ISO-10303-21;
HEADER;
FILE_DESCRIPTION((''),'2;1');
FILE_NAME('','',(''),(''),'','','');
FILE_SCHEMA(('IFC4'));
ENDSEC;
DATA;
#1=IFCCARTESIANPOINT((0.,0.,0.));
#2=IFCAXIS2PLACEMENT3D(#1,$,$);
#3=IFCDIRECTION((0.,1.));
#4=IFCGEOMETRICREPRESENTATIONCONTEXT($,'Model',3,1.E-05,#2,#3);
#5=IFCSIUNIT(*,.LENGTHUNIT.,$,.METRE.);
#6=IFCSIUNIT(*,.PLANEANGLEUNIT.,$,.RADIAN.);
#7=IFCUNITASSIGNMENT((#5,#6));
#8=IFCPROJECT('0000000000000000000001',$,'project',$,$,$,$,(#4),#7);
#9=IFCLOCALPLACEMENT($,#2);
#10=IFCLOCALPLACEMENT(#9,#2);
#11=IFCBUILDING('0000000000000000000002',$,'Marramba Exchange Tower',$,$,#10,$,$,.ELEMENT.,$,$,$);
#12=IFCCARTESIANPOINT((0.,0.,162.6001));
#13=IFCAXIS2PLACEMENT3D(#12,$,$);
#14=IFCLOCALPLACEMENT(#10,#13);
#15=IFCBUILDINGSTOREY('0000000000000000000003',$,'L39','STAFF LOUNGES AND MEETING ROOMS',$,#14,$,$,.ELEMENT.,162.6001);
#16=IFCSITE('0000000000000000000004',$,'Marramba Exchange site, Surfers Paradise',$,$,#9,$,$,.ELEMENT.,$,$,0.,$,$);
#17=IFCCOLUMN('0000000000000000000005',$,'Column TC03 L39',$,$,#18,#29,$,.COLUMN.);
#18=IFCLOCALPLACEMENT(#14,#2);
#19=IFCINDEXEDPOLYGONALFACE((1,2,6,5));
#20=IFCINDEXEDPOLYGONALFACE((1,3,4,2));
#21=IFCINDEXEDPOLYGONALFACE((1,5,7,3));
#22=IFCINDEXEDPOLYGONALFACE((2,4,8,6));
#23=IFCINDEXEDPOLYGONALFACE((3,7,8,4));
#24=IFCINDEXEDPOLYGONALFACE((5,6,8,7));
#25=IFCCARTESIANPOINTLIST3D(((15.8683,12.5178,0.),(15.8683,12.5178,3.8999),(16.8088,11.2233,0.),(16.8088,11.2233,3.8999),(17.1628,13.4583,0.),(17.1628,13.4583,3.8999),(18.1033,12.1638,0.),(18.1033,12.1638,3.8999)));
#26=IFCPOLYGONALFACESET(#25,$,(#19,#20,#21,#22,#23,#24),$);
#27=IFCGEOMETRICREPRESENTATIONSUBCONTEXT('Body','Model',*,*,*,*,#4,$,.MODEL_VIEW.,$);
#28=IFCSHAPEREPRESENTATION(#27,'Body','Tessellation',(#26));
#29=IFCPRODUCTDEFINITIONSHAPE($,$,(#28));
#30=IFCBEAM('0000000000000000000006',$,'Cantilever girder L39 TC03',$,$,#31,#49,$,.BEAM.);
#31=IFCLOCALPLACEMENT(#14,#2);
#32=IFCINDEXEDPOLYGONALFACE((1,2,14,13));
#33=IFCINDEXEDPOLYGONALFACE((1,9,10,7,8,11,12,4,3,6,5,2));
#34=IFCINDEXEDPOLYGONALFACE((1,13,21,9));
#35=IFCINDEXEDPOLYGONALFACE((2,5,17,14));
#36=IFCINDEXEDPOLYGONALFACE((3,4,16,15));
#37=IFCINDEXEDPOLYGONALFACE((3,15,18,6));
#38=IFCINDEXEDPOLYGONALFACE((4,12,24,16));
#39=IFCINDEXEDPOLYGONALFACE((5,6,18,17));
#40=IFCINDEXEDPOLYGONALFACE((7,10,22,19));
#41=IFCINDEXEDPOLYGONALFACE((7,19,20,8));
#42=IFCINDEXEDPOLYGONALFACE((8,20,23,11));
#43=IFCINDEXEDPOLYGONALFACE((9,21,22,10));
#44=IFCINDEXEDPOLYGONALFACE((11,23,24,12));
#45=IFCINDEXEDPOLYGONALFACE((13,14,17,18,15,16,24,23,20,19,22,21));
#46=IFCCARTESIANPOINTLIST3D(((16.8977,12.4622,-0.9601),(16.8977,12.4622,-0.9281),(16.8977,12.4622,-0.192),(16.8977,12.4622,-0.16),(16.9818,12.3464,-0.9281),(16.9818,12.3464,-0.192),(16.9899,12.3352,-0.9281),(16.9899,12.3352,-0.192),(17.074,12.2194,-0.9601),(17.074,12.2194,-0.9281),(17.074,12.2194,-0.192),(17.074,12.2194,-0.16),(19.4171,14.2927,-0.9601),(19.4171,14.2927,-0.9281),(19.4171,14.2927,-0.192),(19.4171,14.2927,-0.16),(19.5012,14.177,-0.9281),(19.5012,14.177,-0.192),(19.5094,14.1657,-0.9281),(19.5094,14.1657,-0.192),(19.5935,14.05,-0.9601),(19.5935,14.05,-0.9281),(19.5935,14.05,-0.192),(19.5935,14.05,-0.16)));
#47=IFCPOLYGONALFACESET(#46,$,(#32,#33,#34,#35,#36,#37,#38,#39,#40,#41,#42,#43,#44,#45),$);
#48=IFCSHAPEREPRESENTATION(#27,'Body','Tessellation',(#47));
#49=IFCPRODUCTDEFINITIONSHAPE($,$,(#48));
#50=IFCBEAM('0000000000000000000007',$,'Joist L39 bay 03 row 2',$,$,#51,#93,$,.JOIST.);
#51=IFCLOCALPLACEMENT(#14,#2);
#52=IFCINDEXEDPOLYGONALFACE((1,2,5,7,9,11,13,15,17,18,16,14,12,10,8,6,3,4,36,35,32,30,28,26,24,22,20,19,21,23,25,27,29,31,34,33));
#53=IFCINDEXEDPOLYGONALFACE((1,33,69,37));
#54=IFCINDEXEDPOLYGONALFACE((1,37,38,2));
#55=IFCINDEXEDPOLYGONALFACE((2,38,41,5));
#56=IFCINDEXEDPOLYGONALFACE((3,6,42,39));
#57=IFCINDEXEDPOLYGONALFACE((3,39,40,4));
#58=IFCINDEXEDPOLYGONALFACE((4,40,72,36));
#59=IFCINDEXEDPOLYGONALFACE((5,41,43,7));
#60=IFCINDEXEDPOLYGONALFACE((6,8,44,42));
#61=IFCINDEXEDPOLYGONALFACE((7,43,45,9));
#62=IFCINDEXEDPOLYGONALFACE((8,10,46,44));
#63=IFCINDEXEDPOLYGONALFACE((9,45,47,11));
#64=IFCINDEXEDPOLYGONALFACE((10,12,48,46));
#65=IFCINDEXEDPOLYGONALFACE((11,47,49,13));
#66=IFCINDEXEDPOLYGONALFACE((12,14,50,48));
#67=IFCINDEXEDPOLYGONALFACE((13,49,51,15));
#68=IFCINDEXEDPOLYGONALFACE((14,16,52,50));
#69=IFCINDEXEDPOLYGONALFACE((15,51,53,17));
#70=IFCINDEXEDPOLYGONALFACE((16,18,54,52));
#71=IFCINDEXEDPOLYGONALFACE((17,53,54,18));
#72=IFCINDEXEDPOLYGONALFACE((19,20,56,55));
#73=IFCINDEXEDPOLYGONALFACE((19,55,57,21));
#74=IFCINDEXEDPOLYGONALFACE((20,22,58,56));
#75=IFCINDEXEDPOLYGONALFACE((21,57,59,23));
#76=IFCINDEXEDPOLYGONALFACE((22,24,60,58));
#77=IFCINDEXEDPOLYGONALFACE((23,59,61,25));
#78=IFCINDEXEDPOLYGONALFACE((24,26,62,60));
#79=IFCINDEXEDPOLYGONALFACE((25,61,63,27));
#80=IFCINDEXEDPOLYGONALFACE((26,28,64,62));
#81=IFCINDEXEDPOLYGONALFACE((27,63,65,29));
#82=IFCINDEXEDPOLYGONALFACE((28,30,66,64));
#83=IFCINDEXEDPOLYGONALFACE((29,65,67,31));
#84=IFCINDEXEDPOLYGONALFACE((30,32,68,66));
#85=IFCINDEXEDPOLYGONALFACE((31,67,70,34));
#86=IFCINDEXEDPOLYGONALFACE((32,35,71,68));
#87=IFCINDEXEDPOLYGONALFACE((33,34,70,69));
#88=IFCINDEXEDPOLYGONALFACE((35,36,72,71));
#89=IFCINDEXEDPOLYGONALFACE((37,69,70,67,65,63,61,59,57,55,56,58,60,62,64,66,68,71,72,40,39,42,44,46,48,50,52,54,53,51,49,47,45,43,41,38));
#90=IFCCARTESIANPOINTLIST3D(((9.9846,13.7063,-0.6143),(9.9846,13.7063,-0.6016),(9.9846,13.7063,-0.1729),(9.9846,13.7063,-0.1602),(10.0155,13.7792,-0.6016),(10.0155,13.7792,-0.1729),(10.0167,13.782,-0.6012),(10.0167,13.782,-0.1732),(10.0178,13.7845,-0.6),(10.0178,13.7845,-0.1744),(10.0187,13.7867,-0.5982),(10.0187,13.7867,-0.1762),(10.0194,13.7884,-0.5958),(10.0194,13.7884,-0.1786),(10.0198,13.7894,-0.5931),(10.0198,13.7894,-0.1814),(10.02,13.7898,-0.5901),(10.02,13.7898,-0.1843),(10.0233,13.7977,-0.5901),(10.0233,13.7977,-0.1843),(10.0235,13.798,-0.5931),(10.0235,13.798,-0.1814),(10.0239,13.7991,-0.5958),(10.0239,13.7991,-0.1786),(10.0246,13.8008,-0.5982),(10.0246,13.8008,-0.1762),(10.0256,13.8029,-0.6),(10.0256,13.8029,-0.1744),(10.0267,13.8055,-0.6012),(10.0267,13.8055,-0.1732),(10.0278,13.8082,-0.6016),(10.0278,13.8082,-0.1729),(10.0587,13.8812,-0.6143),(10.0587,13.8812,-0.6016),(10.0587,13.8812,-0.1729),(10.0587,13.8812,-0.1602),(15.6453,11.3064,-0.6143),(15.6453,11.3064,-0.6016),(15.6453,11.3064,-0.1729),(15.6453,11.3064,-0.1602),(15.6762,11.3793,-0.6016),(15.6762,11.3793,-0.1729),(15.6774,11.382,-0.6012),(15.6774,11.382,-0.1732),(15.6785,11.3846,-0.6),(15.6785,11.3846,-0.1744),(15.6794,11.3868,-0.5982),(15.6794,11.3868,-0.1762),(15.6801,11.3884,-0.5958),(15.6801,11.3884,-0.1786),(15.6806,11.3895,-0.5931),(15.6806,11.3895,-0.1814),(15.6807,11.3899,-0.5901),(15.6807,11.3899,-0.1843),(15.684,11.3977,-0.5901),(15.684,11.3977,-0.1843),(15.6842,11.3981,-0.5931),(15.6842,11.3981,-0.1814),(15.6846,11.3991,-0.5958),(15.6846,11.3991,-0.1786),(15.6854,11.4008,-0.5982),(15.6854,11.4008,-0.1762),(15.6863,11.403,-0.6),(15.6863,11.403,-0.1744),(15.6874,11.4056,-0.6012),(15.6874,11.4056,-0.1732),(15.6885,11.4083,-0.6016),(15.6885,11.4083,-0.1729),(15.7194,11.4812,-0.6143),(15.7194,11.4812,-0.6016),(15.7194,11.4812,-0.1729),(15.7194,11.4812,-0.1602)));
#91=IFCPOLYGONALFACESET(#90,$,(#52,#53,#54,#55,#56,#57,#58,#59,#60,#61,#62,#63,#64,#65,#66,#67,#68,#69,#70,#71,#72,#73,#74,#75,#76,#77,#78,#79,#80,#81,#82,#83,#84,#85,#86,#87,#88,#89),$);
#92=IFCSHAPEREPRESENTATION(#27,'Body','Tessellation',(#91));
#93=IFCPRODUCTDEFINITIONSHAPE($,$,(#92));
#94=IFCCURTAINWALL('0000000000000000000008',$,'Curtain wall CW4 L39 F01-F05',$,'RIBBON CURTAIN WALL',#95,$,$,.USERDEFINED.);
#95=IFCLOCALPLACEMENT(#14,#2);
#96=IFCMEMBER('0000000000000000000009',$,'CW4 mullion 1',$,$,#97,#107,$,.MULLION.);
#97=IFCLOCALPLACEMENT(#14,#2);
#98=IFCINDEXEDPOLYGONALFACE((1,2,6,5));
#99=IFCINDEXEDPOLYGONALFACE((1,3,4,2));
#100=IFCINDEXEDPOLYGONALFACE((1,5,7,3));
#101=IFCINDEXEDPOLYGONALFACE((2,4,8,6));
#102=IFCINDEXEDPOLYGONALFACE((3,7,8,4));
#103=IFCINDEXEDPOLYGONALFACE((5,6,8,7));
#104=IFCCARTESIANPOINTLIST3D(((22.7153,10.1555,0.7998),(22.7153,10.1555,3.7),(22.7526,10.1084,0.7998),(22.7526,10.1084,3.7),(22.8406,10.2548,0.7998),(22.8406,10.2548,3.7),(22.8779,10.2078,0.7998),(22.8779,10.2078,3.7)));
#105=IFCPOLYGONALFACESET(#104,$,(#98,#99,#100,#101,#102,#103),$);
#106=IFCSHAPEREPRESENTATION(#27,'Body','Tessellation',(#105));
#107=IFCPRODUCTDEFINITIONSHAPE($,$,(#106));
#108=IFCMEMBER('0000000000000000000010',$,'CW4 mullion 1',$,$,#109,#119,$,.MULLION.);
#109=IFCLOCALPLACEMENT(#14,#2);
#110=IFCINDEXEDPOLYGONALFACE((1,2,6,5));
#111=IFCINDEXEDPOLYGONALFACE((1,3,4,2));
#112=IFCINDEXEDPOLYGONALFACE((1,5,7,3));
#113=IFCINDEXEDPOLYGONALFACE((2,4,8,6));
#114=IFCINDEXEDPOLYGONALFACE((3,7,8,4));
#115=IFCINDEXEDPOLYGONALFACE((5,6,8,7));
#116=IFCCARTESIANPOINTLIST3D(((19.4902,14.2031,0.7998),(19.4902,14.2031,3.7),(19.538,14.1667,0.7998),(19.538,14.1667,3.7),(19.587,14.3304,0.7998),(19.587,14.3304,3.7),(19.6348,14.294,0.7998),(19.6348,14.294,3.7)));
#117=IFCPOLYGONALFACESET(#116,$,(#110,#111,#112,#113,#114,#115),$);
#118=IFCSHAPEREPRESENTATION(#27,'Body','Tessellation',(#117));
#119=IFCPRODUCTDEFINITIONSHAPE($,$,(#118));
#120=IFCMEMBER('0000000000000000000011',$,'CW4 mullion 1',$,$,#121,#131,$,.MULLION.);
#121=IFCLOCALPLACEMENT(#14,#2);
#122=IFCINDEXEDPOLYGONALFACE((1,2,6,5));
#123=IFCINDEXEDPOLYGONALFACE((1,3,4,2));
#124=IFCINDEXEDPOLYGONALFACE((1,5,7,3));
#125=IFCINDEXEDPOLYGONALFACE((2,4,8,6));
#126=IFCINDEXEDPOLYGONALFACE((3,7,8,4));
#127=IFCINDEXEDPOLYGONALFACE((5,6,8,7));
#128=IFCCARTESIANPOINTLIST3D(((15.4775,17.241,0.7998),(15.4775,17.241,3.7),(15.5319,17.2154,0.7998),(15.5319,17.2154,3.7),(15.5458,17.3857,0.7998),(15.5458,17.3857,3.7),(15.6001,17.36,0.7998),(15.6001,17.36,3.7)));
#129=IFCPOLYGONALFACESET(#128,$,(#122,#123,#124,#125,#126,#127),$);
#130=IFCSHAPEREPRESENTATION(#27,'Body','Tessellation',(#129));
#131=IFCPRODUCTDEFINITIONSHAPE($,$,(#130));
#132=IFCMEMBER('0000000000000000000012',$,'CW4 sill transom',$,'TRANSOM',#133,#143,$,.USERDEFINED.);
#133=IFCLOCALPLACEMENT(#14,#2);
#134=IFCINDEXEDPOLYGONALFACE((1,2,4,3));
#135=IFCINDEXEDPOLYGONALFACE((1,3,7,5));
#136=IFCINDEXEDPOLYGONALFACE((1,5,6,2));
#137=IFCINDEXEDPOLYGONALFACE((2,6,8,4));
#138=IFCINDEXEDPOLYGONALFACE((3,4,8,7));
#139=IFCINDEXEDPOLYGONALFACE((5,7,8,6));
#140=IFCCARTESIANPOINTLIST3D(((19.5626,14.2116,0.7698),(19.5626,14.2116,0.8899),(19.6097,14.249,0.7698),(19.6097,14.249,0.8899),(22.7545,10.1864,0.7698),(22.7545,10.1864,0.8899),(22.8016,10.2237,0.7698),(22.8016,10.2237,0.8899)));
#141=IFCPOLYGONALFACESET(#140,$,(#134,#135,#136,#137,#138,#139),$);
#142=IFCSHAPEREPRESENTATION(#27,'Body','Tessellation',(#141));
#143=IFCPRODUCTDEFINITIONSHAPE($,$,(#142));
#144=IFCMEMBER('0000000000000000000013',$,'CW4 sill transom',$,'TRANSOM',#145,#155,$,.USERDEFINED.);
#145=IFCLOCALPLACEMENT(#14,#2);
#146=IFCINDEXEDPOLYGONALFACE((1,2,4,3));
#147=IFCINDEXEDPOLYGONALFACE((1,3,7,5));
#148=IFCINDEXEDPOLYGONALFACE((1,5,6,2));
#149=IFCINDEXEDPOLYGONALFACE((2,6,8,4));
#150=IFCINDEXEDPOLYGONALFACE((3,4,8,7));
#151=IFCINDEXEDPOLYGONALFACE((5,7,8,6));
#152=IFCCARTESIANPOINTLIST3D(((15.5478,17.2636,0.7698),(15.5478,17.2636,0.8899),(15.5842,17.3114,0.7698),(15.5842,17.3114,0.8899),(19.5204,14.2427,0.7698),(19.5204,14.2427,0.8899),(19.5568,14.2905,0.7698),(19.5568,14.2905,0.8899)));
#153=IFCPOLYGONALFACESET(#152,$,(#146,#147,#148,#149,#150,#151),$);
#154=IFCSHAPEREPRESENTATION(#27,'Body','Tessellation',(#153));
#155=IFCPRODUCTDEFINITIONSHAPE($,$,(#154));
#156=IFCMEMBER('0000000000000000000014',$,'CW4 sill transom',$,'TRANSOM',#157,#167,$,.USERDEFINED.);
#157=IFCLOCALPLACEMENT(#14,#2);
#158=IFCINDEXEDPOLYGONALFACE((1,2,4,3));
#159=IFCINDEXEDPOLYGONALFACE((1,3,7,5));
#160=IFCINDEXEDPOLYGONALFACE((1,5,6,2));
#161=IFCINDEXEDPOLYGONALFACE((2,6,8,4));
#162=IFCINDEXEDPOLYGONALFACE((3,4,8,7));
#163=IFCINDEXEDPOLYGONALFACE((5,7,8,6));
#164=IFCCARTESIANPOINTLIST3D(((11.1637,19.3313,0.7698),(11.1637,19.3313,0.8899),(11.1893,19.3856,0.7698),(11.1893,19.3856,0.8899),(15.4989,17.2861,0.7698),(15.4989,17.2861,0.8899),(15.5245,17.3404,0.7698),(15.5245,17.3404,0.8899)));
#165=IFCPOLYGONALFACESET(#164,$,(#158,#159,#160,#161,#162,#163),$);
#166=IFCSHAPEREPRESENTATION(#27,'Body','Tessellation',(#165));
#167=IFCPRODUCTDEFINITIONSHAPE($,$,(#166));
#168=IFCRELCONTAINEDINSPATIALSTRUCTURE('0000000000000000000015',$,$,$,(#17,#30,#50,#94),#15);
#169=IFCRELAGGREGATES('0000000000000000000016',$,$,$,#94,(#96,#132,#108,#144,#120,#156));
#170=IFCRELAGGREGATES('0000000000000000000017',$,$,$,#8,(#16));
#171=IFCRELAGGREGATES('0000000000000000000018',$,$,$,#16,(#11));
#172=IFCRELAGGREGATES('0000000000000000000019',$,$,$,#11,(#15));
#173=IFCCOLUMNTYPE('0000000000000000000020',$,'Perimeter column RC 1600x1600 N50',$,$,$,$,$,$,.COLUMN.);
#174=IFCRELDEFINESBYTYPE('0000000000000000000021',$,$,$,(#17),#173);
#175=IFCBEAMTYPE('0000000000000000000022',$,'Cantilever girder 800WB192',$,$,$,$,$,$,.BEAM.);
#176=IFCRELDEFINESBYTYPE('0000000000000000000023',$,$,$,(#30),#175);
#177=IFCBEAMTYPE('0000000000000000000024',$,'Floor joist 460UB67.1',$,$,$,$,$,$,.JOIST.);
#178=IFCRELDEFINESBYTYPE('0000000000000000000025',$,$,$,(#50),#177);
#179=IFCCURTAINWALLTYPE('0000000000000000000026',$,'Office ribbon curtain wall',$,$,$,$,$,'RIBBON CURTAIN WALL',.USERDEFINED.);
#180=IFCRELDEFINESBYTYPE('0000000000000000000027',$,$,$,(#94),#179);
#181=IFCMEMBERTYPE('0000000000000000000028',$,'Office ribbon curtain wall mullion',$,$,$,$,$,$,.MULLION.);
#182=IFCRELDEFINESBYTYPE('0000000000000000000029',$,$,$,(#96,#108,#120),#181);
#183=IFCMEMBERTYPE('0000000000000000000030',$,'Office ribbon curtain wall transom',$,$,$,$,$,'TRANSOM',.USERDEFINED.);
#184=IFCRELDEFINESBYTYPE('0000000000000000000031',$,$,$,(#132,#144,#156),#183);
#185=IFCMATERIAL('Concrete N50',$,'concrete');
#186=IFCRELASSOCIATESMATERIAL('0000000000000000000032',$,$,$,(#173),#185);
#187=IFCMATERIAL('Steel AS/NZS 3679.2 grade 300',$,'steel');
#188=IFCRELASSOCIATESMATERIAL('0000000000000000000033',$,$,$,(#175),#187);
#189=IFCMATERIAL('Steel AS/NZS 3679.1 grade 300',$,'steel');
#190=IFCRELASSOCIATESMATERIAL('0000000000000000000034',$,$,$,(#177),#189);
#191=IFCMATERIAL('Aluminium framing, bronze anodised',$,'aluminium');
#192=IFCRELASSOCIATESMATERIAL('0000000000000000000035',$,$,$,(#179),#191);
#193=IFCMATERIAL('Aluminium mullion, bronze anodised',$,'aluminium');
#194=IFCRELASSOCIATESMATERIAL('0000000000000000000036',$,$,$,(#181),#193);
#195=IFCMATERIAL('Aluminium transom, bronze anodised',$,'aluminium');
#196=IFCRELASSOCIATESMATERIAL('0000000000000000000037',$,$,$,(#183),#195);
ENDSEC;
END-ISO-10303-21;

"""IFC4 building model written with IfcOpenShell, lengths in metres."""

from ifc_helpers import new_model, si_unit, direction, frame, origin, origin_2d, place, context, subcontext, project, spatial, rectangle, i_section, extrude, material, material_profile, profile_set, type_object, element, aggregate, save


model = new_model("IFC4")

# Units and contexts
model_context = context("Model", 3, precision=1e-05, world=origin(), true_north=direction((0.0, 1.0)))
body_context = subcontext(model_context, "Body", "Model", "MODEL_VIEW")
ifc_project = project(units=[si_unit("LENGTHUNIT", "METRE"), si_unit("PLANEANGLEUNIT", "RADIAN")], contexts=[model_context])

# Site, building, storey
site_placement = place(None, origin())
site = spatial("IfcSite", under=ifc_project, at=site_placement, Name="Marramba Exchange site, Surfers Paradise", CompositionType="ELEMENT", RefElevation=0.0)
building_placement = place(site_placement, origin())
building = spatial("IfcBuilding", under=site, at=building_placement, Name="Marramba Exchange Tower", CompositionType="ELEMENT")
storey_placement = place(building_placement, frame((0.0, 0.0, 162.6001)))
storey = spatial("IfcBuildingStorey", under=building, at=storey_placement, Name="L39", Description="STAFF LOUNGES AND MEETING ROOMS", CompositionType="ELEMENT", Elevation=162.6001)

# Column
ifc_material_1 = material(Name="Concrete N50", Category="concrete")
ifc_material_profile_1 = material_profile(ifc_material_1, rectangle(XDim=1.6001, YDim=1.6001, at=origin_2d()), Name="RC 1600x1600")
ifc_profile_set_1 = profile_set([ifc_material_profile_1], Name="Concrete N50")
column_type = type_object("IfcColumnType", Name="Perimeter column RC 1600x1600 N50", PredefinedType="COLUMN", material=ifc_profile_set_1)
column_placement = place(storey_placement, frame((16.9858, 12.3408, 0.0), z_axis=(0.0, 0.0, 1.0), x_axis=(0.809017, 0.587785, 0.0)))
element("IfcColumn", 1, at=column_placement, inside=storey, type_object=column_type, Name="Column TC03 L39", PredefinedType="COLUMN", context=body_context, shape_type="SweptSolid", body=[
    extrude(rectangle(XDim=1.6001, YDim=1.6001, at=origin_2d()), origin(), (0.0, 0.0, 1.0), 3.8999),
])

# Beams
ifc_material_2 = material(Name="Steel AS/NZS 3679.2 grade 300", Category="steel")
ifc_material_profile_2 = material_profile(ifc_material_2, i_section(OverallWidth=0.3, OverallDepth=0.8, WebThickness=0.0139, FlangeThickness=0.032, at=origin_2d()), Name="800WB192")
ifc_profile_set_2 = profile_set([ifc_material_profile_2], Name="Steel AS/NZS 3679.2 grade 300")
beam_type_1 = type_object("IfcBeamType", Name="Cantilever girder 800WB192", PredefinedType="BEAM", material=ifc_profile_set_2)
beam_1_placement = place(storey_placement, frame((16.9858, 12.3408, -0.5601), z_axis=(0.809014, 0.587789, 0.0), x_axis=(-0.587789, 0.809014, 0.0)))
element("IfcBeam", 2, at=beam_1_placement, inside=storey, type_object=beam_type_1, Name="Cantilever girder L39 TC03", PredefinedType="BEAM", context=body_context, shape_type="SweptSolid", body=[
    extrude(i_section(OverallWidth=0.3, OverallDepth=0.8, WebThickness=0.0139, FlangeThickness=0.032, at=origin_2d()), origin(), (0.0, 0.0, 1.0), 3.1143),
])
ifc_material_3 = material(Name="Steel AS/NZS 3679.1 grade 300", Category="steel")
ifc_material_profile_3 = material_profile(ifc_material_3, i_section(OverallWidth=0.1899, OverallDepth=0.4541, WebThickness=0.0085, FlangeThickness=0.0127, FilletRadius=0.0115, at=origin_2d()), Name="460UB67.1")
ifc_profile_set_3 = profile_set([ifc_material_profile_3], Name="Steel AS/NZS 3679.1 grade 300")
beam_type_2 = type_object("IfcBeamType", Name="Floor joist 460UB67.1", PredefinedType="JOIST", material=ifc_profile_set_3)
beam_2_placement = place(storey_placement, frame((15.6824, 11.3938, -0.3872), z_axis=(-0.920674, 0.390332, 0.0), x_axis=(-0.390332, -0.920674, 0.0)))
element("IfcBeam", 3, at=beam_2_placement, inside=storey, type_object=beam_type_2, Name="Joist L39 bay 03 row 2", PredefinedType="JOIST", context=body_context, shape_type="SweptSolid", body=[
    extrude(i_section(OverallWidth=0.1899, OverallDepth=0.4541, WebThickness=0.0085, FlangeThickness=0.0127, FilletRadius=0.0115, at=origin_2d()), origin(), (0.0, 0.0, 1.0), 6.1484),
])

# Curtain wall, members
ifc_material_4 = material(Name="Aluminium framing, bronze anodised", Category="aluminium")
curtain_wall_type = type_object("IfcCurtainWallType", Name="Office ribbon curtain wall", ElementType="RIBBON CURTAIN WALL", PredefinedType="USERDEFINED", material=ifc_material_4)
curtain_wall_placement = place(storey_placement, origin())
curtain_wall = element("IfcCurtainWall", 4, at=curtain_wall_placement, inside=storey, type_object=curtain_wall_type, Name="Curtain wall CW4 L39 F01-F05", ObjectType="RIBBON CURTAIN WALL", PredefinedType="USERDEFINED")
ifc_material_5 = material(Name="Aluminium mullion, bronze anodised", Category="aluminium")
ifc_material_profile_4 = material_profile(ifc_material_5, rectangle(XDim=0.1599, YDim=0.0601, at=origin_2d()), Name="CW4 mullion 60x160")
ifc_profile_set_4 = profile_set([ifc_material_profile_4], Name="Aluminium mullion, bronze anodised")
member_type_1 = type_object("IfcMemberType", Name="Office ribbon curtain wall mullion", PredefinedType="MULLION", material=ifc_profile_set_4)
member_1_placement = place(storey_placement, frame((22.7966, 10.1816, 0.7998), z_axis=(0.0, 0.0, 1.0), x_axis=(-0.783563, -0.621312, 0.0)))
member_1 = element("IfcMember", 5, at=member_1_placement, type_object=member_type_1, Name="CW4 mullion 1", PredefinedType="MULLION", context=body_context, shape_type="SweptSolid", body=[
    extrude(rectangle(XDim=0.1599, YDim=0.0601, at=origin_2d()), origin(), (0.0, 0.0, 1.0), 2.9001),
])
member_2_placement = place(storey_placement, frame((19.5625, 14.2485, 0.7998), z_axis=(0.0, 0.0, 1.0), x_axis=(-0.605334, -0.795972, 0.0)))
member_2 = element("IfcMember", 6, at=member_2_placement, type_object=member_type_1, Name="CW4 mullion 1", PredefinedType="MULLION", context=body_context, shape_type="SweptSolid", body=[
    extrude(rectangle(XDim=0.1599, YDim=0.0601, at=origin_2d()), origin(), (0.0, 0.0, 1.0), 2.9001),
])
member_3_placement = place(storey_placement, frame((15.5388, 17.3005, 0.7998), z_axis=(0.0, 0.0, 1.0), x_axis=(-0.426679, -0.904403, 0.0)))
member_3 = element("IfcMember", 7, at=member_3_placement, type_object=member_type_1, Name="CW4 mullion 1", PredefinedType="MULLION", context=body_context, shape_type="SweptSolid", body=[
    extrude(rectangle(XDim=0.1599, YDim=0.0601, at=origin_2d()), origin(), (0.0, 0.0, 1.0), 2.9001),
])
ifc_material_6 = material(Name="Aluminium transom, bronze anodised", Category="aluminium")
ifc_material_profile_5 = material_profile(ifc_material_6, rectangle(XDim=0.0601, YDim=0.1201, at=origin_2d()), Name="CW4 transom 60x120")
ifc_profile_set_5 = profile_set([ifc_material_profile_5], Name="Aluminium transom, bronze anodised")
member_type_2 = type_object("IfcMemberType", Name="Office ribbon curtain wall transom", ElementType="TRANSOM", PredefinedType="USERDEFINED", material=ifc_profile_set_5)
member_4_placement = place(storey_placement, frame((22.7781, 10.2051, 0.8298), z_axis=(-0.621339, 0.783542, 0.0), x_axis=(-0.783542, -0.621339, 0.0)))
member_4 = element("IfcMember", 8, at=member_4_placement, type_object=member_type_2, Name="CW4 sill transom", ObjectType="TRANSOM", PredefinedType="USERDEFINED", context=body_context, shape_type="SweptSolid", body=[
    extrude(rectangle(XDim=0.0601, YDim=0.1201, at=origin_2d()), origin(), (0.0, 0.0, 1.0), 5.1372),
])
member_5_placement = place(storey_placement, frame((19.5386, 14.2666, 0.8298), z_axis=(-0.795991, 0.605309, 0.0), x_axis=(-0.605309, -0.795991, 0.0)))
member_5 = element("IfcMember", 9, at=member_5_placement, type_object=member_type_2, Name="CW4 sill transom", ObjectType="TRANSOM", PredefinedType="USERDEFINED", context=body_context, shape_type="SweptSolid", body=[
    extrude(rectangle(XDim=0.0601, YDim=0.1201, at=origin_2d()), origin(), (0.0, 0.0, 1.0), 4.9907),
])
member_6_placement = place(storey_placement, frame((15.5117, 17.3132, 0.8298), z_axis=(-0.904411, 0.426663, 0.0), x_axis=(-0.426663, -0.904411, 0.0)))
member_6 = element("IfcMember", 10, at=member_6_placement, type_object=member_type_2, Name="CW4 sill transom", ObjectType="TRANSOM", PredefinedType="USERDEFINED", context=body_context, shape_type="SweptSolid", body=[
    extrude(rectangle(XDim=0.0601, YDim=0.1201, at=origin_2d()), origin(), (0.0, 0.0, 1.0), 4.7935),
])

aggregate(curtain_wall, [member_1, member_4, member_2, member_5, member_3, member_6])

save(model, "model.ifc")
